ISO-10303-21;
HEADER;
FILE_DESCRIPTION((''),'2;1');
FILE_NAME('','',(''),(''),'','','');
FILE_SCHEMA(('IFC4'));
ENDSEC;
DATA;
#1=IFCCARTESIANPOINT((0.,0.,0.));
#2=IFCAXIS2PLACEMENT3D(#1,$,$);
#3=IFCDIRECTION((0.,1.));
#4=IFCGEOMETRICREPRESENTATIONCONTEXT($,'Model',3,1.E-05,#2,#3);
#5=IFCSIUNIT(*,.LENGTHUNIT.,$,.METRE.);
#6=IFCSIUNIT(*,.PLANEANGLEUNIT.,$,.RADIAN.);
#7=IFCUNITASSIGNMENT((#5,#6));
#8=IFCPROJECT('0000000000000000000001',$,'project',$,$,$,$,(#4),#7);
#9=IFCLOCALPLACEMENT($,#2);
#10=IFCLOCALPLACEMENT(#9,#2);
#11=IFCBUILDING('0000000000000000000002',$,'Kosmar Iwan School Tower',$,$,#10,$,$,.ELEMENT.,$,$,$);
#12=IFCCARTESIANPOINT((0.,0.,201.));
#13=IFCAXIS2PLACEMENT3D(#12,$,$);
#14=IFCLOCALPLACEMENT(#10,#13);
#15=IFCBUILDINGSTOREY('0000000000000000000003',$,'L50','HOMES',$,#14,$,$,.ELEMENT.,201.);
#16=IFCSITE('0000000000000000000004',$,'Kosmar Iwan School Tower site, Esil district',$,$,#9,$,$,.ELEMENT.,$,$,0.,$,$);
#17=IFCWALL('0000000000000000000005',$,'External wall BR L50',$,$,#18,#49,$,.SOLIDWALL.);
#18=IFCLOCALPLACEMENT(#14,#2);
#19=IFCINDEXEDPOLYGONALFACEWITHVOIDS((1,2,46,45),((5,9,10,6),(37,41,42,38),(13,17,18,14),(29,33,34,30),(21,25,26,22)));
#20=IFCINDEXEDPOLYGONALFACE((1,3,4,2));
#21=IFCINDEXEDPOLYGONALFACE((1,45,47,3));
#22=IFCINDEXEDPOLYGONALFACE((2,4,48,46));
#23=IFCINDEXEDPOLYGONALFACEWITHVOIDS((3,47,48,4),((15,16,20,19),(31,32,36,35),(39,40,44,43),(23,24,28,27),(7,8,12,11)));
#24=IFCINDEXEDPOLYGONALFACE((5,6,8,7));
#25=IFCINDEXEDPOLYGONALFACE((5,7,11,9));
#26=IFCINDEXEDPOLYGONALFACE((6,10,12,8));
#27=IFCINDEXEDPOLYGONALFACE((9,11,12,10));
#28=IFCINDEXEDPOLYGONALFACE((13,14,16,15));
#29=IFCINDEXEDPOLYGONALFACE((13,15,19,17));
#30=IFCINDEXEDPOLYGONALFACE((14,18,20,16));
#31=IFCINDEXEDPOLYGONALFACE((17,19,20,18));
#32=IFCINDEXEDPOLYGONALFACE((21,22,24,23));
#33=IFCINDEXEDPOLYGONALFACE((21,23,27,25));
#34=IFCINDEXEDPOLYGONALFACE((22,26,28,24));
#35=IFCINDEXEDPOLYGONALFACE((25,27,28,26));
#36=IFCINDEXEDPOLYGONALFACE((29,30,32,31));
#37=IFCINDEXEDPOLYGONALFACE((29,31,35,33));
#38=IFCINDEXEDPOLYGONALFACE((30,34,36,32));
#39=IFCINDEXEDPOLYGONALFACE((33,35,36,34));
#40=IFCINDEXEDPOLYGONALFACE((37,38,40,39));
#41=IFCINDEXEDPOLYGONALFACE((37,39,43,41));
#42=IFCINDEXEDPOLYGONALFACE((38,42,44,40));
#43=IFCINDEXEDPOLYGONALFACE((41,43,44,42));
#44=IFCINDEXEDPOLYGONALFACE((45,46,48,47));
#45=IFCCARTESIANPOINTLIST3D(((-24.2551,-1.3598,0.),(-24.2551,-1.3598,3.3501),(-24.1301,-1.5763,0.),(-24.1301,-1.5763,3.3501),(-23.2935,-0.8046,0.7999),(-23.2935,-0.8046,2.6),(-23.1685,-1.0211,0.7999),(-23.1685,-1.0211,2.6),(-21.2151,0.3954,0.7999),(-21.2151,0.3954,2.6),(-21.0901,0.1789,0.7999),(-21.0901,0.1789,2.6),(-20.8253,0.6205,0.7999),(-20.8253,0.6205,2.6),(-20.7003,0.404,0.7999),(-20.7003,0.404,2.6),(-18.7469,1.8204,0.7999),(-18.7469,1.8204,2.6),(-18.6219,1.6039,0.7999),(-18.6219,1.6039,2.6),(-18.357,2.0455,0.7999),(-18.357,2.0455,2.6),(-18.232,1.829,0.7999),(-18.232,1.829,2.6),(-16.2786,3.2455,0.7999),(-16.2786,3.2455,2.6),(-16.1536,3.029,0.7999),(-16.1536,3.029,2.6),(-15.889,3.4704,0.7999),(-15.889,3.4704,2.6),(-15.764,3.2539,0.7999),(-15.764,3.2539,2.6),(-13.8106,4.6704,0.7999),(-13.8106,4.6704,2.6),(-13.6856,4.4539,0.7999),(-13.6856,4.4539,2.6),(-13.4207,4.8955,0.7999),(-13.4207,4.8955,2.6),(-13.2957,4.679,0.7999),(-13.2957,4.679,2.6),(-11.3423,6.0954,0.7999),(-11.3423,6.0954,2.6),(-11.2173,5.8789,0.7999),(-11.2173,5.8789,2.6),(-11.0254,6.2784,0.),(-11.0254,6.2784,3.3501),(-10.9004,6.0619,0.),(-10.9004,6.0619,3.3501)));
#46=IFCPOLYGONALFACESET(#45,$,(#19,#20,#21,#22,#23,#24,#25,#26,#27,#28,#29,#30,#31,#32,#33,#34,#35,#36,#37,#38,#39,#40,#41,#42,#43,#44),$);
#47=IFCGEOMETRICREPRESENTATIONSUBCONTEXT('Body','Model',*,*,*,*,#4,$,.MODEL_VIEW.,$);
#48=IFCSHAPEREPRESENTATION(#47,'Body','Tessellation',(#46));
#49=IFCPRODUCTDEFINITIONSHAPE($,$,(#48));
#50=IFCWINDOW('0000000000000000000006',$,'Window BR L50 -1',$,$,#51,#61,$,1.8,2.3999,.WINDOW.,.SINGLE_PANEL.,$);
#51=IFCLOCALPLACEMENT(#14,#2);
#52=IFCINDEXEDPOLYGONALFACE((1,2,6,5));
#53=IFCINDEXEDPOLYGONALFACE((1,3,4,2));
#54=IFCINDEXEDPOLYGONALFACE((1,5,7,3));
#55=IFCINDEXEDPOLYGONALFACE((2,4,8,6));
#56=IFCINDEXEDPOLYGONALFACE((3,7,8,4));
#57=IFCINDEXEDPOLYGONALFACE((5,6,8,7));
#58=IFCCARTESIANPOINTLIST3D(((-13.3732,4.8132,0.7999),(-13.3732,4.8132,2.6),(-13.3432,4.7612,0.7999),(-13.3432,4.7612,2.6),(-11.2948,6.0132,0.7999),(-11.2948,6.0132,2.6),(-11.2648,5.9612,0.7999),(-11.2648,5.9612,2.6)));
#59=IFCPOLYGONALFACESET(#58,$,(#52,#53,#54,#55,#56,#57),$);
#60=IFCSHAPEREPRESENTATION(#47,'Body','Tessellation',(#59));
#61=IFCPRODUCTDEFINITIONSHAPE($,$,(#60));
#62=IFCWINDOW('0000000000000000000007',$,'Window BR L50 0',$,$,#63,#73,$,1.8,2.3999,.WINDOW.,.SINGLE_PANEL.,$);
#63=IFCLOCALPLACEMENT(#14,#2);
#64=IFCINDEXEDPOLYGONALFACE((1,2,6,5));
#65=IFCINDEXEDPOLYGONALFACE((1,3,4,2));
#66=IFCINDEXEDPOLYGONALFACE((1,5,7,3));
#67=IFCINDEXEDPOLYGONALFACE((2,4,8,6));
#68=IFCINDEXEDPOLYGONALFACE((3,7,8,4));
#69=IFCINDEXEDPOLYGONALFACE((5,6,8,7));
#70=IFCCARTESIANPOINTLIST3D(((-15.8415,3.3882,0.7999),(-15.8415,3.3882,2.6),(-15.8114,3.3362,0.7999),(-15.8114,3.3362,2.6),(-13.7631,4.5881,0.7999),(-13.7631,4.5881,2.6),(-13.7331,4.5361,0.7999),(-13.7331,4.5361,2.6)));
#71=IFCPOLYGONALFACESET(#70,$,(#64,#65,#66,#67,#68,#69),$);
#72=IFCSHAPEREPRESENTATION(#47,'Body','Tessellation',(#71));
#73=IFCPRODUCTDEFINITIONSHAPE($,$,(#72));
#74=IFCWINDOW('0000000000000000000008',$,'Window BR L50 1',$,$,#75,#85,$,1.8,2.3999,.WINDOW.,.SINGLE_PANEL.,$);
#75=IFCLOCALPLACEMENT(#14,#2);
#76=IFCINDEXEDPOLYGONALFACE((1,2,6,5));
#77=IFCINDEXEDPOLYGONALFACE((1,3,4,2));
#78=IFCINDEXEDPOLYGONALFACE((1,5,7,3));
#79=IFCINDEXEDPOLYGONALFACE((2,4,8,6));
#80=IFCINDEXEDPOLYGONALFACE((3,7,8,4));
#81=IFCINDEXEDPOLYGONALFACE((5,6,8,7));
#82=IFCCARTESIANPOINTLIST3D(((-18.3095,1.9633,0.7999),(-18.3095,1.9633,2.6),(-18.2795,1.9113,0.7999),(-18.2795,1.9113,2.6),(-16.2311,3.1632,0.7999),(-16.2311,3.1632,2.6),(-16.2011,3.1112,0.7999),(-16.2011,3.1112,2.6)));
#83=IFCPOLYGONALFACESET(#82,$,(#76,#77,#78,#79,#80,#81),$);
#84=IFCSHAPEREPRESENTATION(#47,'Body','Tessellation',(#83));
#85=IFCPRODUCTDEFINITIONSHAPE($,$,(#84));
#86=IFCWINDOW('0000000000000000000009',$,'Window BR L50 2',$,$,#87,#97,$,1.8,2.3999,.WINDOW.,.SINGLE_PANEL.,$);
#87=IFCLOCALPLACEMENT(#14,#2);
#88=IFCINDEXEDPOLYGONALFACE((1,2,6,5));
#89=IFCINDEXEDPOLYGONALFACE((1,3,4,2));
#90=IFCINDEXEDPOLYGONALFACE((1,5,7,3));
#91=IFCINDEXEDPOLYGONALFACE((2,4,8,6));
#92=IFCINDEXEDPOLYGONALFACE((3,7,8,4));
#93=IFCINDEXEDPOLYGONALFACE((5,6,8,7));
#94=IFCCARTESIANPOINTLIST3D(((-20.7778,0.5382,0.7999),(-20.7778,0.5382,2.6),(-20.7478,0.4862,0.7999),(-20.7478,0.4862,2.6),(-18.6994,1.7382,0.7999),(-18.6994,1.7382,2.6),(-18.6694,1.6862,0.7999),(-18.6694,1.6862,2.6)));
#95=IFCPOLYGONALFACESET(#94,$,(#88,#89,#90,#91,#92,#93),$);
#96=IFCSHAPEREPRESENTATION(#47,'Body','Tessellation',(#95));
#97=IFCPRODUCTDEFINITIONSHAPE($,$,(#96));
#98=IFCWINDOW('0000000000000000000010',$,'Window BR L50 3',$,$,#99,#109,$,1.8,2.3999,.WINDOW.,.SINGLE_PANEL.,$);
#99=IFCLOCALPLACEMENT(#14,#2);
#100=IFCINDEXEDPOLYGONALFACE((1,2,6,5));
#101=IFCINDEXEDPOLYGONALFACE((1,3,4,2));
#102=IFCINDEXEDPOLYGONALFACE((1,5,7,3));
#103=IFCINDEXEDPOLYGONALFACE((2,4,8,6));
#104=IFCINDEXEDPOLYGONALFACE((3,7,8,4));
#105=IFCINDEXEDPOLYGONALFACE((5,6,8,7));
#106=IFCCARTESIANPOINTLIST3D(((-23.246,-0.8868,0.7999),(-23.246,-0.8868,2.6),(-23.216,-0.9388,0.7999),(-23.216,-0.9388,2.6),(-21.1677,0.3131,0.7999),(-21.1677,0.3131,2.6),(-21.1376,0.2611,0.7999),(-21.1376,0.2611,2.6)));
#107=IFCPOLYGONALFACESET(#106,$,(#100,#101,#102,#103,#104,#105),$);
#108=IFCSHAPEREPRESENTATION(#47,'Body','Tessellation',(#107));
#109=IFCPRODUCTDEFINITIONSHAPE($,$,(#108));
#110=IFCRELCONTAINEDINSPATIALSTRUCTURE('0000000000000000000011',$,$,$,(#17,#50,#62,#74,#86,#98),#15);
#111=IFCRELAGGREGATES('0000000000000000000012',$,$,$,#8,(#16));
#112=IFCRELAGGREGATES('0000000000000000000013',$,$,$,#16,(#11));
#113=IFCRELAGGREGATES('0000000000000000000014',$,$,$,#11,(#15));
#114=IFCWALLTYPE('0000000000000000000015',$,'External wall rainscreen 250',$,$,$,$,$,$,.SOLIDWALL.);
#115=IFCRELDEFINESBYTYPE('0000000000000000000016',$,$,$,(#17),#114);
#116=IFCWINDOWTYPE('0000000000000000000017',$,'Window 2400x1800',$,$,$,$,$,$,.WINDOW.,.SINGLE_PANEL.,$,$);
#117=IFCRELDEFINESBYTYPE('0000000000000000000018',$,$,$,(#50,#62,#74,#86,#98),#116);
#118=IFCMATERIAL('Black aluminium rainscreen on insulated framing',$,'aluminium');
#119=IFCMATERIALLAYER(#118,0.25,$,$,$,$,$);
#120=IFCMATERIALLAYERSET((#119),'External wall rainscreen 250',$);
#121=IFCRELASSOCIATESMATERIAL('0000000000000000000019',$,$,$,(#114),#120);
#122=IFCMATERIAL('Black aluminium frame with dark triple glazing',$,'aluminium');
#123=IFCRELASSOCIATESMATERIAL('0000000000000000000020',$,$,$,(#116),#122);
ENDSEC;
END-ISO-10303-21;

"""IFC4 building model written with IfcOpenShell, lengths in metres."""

from ifc_helpers import new_model, si_unit, direction, frame, frame_2d, origin, place, context, subcontext, project, spatial, rectangle, extrude, material, layer, layer_set, type_object, element, fill, save


model = new_model("IFC4")

# Units and contexts
model_context = context("Model", 3, precision=1e-05, world=origin(), true_north=direction((0.0, 1.0)))
body_context = subcontext(model_context, "Body", "Model", "MODEL_VIEW")
ifc_project = project(units=[si_unit("LENGTHUNIT", "METRE"), si_unit("PLANEANGLEUNIT", "RADIAN")], contexts=[model_context])

# Site, building, storey
site_placement = place(None, origin())
site = spatial("IfcSite", under=ifc_project, at=site_placement, Name="Kosmar Iwan School Tower site, Esil district", CompositionType="ELEMENT", RefElevation=0.0)
building_placement = place(site_placement, origin())
building = spatial("IfcBuilding", under=site, at=building_placement, Name="Kosmar Iwan School Tower", CompositionType="ELEMENT")
storey_placement = place(building_placement, frame((0.0, 0.0, 201.0)))
storey = spatial("IfcBuildingStorey", under=building, at=storey_placement, Name="L50", Description="HOMES", CompositionType="ELEMENT", Elevation=201.0)

# Wall, openings, windows
ifc_material_1 = material(Name="Black aluminium rainscreen on insulated framing", Category="aluminium")
ifc_layer_1 = layer(ifc_material_1, 0.25)
ifc_layer_set_1 = layer_set([ifc_layer_1], Name="External wall rainscreen 250")
wall_type_1 = type_object("IfcWallType", Name="External wall rainscreen 250", PredefinedType="SOLIDWALL", material=ifc_layer_set_1)
ifc_material_2 = material(Name="Black aluminium frame with dark triple glazing", Category="aluminium")
window_type = type_object("IfcWindowType", Name="Window 2400x1800", PartitioningType="SINGLE_PANEL", PredefinedType="WINDOW", material=ifc_material_2)
wall_1_placement = place(storey_placement, frame((-10.9629, 6.1702, 0.0), z_axis=(0.0, 0.0, 1.0), x_axis=(-0.866026, -0.5, 0.0)))
wall_1 = element("IfcWall", 1, at=wall_1_placement, inside=storey, type_object=wall_type_1, Name="External wall BR L50", PredefinedType="SOLIDWALL", context=body_context, shape_type="SweptSolid", body=[
    extrude(rectangle(XDim=15.2764, YDim=0.25, at=frame_2d((7.6382, 0.0))), origin(), (0.0, 0.0, 1.0), 3.3501),
])
opening_1_placement = place(wall_1_placement, frame((0.366, 0.0, 0.8)))
opening_1 = element("IfcOpeningElement", 2, at=opening_1_placement, cuts=wall_1, PredefinedType="OPENING", context=body_context, shape_type="SweptSolid", body=[
    extrude(rectangle(XDim=2.3999, YDim=1.8, at=frame_2d((1.2, 0.8999))), frame((0.0, 0.137, 0.0), z_axis=(0.0, -1.0, 0.0), x_axis=(1.0, 0.0, 0.0)), (0.0, 0.0, 1.0), 0.2739),
])
opening_2_placement = place(wall_1_placement, frame((3.2161, 0.0, 0.8)))
opening_2 = element("IfcOpeningElement", 3, at=opening_2_placement, cuts=wall_1, PredefinedType="OPENING", context=body_context, shape_type="SweptSolid", body=[
    extrude(rectangle(XDim=2.3999, YDim=1.8, at=frame_2d((1.2, 0.8999))), frame((0.0, 0.137, 0.0), z_axis=(0.0, -1.0, 0.0), x_axis=(1.0, 0.0, 0.0)), (0.0, 0.0, 1.0), 0.2739),
])
opening_3_placement = place(wall_1_placement, frame((6.0659, 0.0, 0.8)))
opening_3 = element("IfcOpeningElement", 4, at=opening_3_placement, cuts=wall_1, PredefinedType="OPENING", context=body_context, shape_type="SweptSolid", body=[
    extrude(rectangle(XDim=2.3999, YDim=1.8, at=frame_2d((1.2, 0.8999))), frame((0.0, 0.137, 0.0), z_axis=(0.0, -1.0, 0.0), x_axis=(1.0, 0.0, 0.0)), (0.0, 0.0, 1.0), 0.2739),
])
opening_4_placement = place(wall_1_placement, frame((8.916, 0.0, 0.8)))
opening_4 = element("IfcOpeningElement", 5, at=opening_4_placement, cuts=wall_1, PredefinedType="OPENING", context=body_context, shape_type="SweptSolid", body=[
    extrude(rectangle(XDim=2.3999, YDim=1.8, at=frame_2d((1.2, 0.8999))), frame((0.0, 0.137, 0.0), z_axis=(0.0, -1.0, 0.0), x_axis=(1.0, 0.0, 0.0)), (0.0, 0.0, 1.0), 0.2739),
])
opening_5_placement = place(wall_1_placement, frame((11.7661, 0.0, 0.8)))
opening_5 = element("IfcOpeningElement", 6, at=opening_5_placement, cuts=wall_1, PredefinedType="OPENING", context=body_context, shape_type="SweptSolid", body=[
    extrude(rectangle(XDim=2.3999, YDim=1.8, at=frame_2d((1.2, 0.8999))), frame((0.0, 0.137, 0.0), z_axis=(0.0, -1.0, 0.0), x_axis=(1.0, 0.0, 0.0)), (0.0, 0.0, 1.0), 0.2739),
])
window_1_placement = place(opening_1_placement, origin())
window_1 = element("IfcWindow", 7, at=window_1_placement, inside=storey, type_object=window_type, Name="Window BR L50 -1", OverallHeight=1.8, OverallWidth=2.3999, PartitioningType="SINGLE_PANEL", PredefinedType="WINDOW", context=body_context, shape_type="SweptSolid", body=[
    extrude(rectangle(XDim=2.3999, YDim=1.8, at=frame_2d((1.2, 0.8999))), frame((0.0, 0.03, 0.0), z_axis=(0.0, -1.0, 0.0), x_axis=(1.0, 0.0, 0.0)), (0.0, 0.0, 1.0), 0.0601),
])
fill(opening_1, window_1)
window_2_placement = place(opening_2_placement, origin())
window_2 = element("IfcWindow", 8, at=window_2_placement, inside=storey, type_object=window_type, Name="Window BR L50 0", OverallHeight=1.8, OverallWidth=2.3999, PartitioningType="SINGLE_PANEL", PredefinedType="WINDOW", context=body_context, shape_type="SweptSolid", body=[
    extrude(rectangle(XDim=2.3999, YDim=1.8, at=frame_2d((1.2, 0.8999))), frame((0.0, 0.03, 0.0), z_axis=(0.0, -1.0, 0.0), x_axis=(1.0, 0.0, 0.0)), (0.0, 0.0, 1.0), 0.0601),
])
fill(opening_2, window_2)
window_3_placement = place(opening_3_placement, origin())
window_3 = element("IfcWindow", 9, at=window_3_placement, inside=storey, type_object=window_type, Name="Window BR L50 1", OverallHeight=1.8, OverallWidth=2.3999, PartitioningType="SINGLE_PANEL", PredefinedType="WINDOW", context=body_context, shape_type="SweptSolid", body=[
    extrude(rectangle(XDim=2.3999, YDim=1.8, at=frame_2d((1.2, 0.8999))), frame((0.0, 0.03, 0.0), z_axis=(0.0, -1.0, 0.0), x_axis=(1.0, 0.0, 0.0)), (0.0, 0.0, 1.0), 0.0601),
])
fill(opening_3, window_3)
window_4_placement = place(opening_4_placement, origin())
window_4 = element("IfcWindow", 10, at=window_4_placement, inside=storey, type_object=window_type, Name="Window BR L50 2", OverallHeight=1.8, OverallWidth=2.3999, PartitioningType="SINGLE_PANEL", PredefinedType="WINDOW", context=body_context, shape_type="SweptSolid", body=[
    extrude(rectangle(XDim=2.3999, YDim=1.8, at=frame_2d((1.2, 0.8999))), frame((0.0, 0.03, 0.0), z_axis=(0.0, -1.0, 0.0), x_axis=(1.0, 0.0, 0.0)), (0.0, 0.0, 1.0), 0.0601),
])
fill(opening_4, window_4)
window_5_placement = place(opening_5_placement, origin())
window_5 = element("IfcWindow", 11, at=window_5_placement, inside=storey, type_object=window_type, Name="Window BR L50 3", OverallHeight=1.8, OverallWidth=2.3999, PartitioningType="SINGLE_PANEL", PredefinedType="WINDOW", context=body_context, shape_type="SweptSolid", body=[
    extrude(rectangle(XDim=2.3999, YDim=1.8, at=frame_2d((1.2, 0.8999))), frame((0.0, 0.03, 0.0), z_axis=(0.0, -1.0, 0.0), x_axis=(1.0, 0.0, 0.0)), (0.0, 0.0, 1.0), 0.0601),
])
fill(opening_5, window_5)

save(model, "model.ifc")
